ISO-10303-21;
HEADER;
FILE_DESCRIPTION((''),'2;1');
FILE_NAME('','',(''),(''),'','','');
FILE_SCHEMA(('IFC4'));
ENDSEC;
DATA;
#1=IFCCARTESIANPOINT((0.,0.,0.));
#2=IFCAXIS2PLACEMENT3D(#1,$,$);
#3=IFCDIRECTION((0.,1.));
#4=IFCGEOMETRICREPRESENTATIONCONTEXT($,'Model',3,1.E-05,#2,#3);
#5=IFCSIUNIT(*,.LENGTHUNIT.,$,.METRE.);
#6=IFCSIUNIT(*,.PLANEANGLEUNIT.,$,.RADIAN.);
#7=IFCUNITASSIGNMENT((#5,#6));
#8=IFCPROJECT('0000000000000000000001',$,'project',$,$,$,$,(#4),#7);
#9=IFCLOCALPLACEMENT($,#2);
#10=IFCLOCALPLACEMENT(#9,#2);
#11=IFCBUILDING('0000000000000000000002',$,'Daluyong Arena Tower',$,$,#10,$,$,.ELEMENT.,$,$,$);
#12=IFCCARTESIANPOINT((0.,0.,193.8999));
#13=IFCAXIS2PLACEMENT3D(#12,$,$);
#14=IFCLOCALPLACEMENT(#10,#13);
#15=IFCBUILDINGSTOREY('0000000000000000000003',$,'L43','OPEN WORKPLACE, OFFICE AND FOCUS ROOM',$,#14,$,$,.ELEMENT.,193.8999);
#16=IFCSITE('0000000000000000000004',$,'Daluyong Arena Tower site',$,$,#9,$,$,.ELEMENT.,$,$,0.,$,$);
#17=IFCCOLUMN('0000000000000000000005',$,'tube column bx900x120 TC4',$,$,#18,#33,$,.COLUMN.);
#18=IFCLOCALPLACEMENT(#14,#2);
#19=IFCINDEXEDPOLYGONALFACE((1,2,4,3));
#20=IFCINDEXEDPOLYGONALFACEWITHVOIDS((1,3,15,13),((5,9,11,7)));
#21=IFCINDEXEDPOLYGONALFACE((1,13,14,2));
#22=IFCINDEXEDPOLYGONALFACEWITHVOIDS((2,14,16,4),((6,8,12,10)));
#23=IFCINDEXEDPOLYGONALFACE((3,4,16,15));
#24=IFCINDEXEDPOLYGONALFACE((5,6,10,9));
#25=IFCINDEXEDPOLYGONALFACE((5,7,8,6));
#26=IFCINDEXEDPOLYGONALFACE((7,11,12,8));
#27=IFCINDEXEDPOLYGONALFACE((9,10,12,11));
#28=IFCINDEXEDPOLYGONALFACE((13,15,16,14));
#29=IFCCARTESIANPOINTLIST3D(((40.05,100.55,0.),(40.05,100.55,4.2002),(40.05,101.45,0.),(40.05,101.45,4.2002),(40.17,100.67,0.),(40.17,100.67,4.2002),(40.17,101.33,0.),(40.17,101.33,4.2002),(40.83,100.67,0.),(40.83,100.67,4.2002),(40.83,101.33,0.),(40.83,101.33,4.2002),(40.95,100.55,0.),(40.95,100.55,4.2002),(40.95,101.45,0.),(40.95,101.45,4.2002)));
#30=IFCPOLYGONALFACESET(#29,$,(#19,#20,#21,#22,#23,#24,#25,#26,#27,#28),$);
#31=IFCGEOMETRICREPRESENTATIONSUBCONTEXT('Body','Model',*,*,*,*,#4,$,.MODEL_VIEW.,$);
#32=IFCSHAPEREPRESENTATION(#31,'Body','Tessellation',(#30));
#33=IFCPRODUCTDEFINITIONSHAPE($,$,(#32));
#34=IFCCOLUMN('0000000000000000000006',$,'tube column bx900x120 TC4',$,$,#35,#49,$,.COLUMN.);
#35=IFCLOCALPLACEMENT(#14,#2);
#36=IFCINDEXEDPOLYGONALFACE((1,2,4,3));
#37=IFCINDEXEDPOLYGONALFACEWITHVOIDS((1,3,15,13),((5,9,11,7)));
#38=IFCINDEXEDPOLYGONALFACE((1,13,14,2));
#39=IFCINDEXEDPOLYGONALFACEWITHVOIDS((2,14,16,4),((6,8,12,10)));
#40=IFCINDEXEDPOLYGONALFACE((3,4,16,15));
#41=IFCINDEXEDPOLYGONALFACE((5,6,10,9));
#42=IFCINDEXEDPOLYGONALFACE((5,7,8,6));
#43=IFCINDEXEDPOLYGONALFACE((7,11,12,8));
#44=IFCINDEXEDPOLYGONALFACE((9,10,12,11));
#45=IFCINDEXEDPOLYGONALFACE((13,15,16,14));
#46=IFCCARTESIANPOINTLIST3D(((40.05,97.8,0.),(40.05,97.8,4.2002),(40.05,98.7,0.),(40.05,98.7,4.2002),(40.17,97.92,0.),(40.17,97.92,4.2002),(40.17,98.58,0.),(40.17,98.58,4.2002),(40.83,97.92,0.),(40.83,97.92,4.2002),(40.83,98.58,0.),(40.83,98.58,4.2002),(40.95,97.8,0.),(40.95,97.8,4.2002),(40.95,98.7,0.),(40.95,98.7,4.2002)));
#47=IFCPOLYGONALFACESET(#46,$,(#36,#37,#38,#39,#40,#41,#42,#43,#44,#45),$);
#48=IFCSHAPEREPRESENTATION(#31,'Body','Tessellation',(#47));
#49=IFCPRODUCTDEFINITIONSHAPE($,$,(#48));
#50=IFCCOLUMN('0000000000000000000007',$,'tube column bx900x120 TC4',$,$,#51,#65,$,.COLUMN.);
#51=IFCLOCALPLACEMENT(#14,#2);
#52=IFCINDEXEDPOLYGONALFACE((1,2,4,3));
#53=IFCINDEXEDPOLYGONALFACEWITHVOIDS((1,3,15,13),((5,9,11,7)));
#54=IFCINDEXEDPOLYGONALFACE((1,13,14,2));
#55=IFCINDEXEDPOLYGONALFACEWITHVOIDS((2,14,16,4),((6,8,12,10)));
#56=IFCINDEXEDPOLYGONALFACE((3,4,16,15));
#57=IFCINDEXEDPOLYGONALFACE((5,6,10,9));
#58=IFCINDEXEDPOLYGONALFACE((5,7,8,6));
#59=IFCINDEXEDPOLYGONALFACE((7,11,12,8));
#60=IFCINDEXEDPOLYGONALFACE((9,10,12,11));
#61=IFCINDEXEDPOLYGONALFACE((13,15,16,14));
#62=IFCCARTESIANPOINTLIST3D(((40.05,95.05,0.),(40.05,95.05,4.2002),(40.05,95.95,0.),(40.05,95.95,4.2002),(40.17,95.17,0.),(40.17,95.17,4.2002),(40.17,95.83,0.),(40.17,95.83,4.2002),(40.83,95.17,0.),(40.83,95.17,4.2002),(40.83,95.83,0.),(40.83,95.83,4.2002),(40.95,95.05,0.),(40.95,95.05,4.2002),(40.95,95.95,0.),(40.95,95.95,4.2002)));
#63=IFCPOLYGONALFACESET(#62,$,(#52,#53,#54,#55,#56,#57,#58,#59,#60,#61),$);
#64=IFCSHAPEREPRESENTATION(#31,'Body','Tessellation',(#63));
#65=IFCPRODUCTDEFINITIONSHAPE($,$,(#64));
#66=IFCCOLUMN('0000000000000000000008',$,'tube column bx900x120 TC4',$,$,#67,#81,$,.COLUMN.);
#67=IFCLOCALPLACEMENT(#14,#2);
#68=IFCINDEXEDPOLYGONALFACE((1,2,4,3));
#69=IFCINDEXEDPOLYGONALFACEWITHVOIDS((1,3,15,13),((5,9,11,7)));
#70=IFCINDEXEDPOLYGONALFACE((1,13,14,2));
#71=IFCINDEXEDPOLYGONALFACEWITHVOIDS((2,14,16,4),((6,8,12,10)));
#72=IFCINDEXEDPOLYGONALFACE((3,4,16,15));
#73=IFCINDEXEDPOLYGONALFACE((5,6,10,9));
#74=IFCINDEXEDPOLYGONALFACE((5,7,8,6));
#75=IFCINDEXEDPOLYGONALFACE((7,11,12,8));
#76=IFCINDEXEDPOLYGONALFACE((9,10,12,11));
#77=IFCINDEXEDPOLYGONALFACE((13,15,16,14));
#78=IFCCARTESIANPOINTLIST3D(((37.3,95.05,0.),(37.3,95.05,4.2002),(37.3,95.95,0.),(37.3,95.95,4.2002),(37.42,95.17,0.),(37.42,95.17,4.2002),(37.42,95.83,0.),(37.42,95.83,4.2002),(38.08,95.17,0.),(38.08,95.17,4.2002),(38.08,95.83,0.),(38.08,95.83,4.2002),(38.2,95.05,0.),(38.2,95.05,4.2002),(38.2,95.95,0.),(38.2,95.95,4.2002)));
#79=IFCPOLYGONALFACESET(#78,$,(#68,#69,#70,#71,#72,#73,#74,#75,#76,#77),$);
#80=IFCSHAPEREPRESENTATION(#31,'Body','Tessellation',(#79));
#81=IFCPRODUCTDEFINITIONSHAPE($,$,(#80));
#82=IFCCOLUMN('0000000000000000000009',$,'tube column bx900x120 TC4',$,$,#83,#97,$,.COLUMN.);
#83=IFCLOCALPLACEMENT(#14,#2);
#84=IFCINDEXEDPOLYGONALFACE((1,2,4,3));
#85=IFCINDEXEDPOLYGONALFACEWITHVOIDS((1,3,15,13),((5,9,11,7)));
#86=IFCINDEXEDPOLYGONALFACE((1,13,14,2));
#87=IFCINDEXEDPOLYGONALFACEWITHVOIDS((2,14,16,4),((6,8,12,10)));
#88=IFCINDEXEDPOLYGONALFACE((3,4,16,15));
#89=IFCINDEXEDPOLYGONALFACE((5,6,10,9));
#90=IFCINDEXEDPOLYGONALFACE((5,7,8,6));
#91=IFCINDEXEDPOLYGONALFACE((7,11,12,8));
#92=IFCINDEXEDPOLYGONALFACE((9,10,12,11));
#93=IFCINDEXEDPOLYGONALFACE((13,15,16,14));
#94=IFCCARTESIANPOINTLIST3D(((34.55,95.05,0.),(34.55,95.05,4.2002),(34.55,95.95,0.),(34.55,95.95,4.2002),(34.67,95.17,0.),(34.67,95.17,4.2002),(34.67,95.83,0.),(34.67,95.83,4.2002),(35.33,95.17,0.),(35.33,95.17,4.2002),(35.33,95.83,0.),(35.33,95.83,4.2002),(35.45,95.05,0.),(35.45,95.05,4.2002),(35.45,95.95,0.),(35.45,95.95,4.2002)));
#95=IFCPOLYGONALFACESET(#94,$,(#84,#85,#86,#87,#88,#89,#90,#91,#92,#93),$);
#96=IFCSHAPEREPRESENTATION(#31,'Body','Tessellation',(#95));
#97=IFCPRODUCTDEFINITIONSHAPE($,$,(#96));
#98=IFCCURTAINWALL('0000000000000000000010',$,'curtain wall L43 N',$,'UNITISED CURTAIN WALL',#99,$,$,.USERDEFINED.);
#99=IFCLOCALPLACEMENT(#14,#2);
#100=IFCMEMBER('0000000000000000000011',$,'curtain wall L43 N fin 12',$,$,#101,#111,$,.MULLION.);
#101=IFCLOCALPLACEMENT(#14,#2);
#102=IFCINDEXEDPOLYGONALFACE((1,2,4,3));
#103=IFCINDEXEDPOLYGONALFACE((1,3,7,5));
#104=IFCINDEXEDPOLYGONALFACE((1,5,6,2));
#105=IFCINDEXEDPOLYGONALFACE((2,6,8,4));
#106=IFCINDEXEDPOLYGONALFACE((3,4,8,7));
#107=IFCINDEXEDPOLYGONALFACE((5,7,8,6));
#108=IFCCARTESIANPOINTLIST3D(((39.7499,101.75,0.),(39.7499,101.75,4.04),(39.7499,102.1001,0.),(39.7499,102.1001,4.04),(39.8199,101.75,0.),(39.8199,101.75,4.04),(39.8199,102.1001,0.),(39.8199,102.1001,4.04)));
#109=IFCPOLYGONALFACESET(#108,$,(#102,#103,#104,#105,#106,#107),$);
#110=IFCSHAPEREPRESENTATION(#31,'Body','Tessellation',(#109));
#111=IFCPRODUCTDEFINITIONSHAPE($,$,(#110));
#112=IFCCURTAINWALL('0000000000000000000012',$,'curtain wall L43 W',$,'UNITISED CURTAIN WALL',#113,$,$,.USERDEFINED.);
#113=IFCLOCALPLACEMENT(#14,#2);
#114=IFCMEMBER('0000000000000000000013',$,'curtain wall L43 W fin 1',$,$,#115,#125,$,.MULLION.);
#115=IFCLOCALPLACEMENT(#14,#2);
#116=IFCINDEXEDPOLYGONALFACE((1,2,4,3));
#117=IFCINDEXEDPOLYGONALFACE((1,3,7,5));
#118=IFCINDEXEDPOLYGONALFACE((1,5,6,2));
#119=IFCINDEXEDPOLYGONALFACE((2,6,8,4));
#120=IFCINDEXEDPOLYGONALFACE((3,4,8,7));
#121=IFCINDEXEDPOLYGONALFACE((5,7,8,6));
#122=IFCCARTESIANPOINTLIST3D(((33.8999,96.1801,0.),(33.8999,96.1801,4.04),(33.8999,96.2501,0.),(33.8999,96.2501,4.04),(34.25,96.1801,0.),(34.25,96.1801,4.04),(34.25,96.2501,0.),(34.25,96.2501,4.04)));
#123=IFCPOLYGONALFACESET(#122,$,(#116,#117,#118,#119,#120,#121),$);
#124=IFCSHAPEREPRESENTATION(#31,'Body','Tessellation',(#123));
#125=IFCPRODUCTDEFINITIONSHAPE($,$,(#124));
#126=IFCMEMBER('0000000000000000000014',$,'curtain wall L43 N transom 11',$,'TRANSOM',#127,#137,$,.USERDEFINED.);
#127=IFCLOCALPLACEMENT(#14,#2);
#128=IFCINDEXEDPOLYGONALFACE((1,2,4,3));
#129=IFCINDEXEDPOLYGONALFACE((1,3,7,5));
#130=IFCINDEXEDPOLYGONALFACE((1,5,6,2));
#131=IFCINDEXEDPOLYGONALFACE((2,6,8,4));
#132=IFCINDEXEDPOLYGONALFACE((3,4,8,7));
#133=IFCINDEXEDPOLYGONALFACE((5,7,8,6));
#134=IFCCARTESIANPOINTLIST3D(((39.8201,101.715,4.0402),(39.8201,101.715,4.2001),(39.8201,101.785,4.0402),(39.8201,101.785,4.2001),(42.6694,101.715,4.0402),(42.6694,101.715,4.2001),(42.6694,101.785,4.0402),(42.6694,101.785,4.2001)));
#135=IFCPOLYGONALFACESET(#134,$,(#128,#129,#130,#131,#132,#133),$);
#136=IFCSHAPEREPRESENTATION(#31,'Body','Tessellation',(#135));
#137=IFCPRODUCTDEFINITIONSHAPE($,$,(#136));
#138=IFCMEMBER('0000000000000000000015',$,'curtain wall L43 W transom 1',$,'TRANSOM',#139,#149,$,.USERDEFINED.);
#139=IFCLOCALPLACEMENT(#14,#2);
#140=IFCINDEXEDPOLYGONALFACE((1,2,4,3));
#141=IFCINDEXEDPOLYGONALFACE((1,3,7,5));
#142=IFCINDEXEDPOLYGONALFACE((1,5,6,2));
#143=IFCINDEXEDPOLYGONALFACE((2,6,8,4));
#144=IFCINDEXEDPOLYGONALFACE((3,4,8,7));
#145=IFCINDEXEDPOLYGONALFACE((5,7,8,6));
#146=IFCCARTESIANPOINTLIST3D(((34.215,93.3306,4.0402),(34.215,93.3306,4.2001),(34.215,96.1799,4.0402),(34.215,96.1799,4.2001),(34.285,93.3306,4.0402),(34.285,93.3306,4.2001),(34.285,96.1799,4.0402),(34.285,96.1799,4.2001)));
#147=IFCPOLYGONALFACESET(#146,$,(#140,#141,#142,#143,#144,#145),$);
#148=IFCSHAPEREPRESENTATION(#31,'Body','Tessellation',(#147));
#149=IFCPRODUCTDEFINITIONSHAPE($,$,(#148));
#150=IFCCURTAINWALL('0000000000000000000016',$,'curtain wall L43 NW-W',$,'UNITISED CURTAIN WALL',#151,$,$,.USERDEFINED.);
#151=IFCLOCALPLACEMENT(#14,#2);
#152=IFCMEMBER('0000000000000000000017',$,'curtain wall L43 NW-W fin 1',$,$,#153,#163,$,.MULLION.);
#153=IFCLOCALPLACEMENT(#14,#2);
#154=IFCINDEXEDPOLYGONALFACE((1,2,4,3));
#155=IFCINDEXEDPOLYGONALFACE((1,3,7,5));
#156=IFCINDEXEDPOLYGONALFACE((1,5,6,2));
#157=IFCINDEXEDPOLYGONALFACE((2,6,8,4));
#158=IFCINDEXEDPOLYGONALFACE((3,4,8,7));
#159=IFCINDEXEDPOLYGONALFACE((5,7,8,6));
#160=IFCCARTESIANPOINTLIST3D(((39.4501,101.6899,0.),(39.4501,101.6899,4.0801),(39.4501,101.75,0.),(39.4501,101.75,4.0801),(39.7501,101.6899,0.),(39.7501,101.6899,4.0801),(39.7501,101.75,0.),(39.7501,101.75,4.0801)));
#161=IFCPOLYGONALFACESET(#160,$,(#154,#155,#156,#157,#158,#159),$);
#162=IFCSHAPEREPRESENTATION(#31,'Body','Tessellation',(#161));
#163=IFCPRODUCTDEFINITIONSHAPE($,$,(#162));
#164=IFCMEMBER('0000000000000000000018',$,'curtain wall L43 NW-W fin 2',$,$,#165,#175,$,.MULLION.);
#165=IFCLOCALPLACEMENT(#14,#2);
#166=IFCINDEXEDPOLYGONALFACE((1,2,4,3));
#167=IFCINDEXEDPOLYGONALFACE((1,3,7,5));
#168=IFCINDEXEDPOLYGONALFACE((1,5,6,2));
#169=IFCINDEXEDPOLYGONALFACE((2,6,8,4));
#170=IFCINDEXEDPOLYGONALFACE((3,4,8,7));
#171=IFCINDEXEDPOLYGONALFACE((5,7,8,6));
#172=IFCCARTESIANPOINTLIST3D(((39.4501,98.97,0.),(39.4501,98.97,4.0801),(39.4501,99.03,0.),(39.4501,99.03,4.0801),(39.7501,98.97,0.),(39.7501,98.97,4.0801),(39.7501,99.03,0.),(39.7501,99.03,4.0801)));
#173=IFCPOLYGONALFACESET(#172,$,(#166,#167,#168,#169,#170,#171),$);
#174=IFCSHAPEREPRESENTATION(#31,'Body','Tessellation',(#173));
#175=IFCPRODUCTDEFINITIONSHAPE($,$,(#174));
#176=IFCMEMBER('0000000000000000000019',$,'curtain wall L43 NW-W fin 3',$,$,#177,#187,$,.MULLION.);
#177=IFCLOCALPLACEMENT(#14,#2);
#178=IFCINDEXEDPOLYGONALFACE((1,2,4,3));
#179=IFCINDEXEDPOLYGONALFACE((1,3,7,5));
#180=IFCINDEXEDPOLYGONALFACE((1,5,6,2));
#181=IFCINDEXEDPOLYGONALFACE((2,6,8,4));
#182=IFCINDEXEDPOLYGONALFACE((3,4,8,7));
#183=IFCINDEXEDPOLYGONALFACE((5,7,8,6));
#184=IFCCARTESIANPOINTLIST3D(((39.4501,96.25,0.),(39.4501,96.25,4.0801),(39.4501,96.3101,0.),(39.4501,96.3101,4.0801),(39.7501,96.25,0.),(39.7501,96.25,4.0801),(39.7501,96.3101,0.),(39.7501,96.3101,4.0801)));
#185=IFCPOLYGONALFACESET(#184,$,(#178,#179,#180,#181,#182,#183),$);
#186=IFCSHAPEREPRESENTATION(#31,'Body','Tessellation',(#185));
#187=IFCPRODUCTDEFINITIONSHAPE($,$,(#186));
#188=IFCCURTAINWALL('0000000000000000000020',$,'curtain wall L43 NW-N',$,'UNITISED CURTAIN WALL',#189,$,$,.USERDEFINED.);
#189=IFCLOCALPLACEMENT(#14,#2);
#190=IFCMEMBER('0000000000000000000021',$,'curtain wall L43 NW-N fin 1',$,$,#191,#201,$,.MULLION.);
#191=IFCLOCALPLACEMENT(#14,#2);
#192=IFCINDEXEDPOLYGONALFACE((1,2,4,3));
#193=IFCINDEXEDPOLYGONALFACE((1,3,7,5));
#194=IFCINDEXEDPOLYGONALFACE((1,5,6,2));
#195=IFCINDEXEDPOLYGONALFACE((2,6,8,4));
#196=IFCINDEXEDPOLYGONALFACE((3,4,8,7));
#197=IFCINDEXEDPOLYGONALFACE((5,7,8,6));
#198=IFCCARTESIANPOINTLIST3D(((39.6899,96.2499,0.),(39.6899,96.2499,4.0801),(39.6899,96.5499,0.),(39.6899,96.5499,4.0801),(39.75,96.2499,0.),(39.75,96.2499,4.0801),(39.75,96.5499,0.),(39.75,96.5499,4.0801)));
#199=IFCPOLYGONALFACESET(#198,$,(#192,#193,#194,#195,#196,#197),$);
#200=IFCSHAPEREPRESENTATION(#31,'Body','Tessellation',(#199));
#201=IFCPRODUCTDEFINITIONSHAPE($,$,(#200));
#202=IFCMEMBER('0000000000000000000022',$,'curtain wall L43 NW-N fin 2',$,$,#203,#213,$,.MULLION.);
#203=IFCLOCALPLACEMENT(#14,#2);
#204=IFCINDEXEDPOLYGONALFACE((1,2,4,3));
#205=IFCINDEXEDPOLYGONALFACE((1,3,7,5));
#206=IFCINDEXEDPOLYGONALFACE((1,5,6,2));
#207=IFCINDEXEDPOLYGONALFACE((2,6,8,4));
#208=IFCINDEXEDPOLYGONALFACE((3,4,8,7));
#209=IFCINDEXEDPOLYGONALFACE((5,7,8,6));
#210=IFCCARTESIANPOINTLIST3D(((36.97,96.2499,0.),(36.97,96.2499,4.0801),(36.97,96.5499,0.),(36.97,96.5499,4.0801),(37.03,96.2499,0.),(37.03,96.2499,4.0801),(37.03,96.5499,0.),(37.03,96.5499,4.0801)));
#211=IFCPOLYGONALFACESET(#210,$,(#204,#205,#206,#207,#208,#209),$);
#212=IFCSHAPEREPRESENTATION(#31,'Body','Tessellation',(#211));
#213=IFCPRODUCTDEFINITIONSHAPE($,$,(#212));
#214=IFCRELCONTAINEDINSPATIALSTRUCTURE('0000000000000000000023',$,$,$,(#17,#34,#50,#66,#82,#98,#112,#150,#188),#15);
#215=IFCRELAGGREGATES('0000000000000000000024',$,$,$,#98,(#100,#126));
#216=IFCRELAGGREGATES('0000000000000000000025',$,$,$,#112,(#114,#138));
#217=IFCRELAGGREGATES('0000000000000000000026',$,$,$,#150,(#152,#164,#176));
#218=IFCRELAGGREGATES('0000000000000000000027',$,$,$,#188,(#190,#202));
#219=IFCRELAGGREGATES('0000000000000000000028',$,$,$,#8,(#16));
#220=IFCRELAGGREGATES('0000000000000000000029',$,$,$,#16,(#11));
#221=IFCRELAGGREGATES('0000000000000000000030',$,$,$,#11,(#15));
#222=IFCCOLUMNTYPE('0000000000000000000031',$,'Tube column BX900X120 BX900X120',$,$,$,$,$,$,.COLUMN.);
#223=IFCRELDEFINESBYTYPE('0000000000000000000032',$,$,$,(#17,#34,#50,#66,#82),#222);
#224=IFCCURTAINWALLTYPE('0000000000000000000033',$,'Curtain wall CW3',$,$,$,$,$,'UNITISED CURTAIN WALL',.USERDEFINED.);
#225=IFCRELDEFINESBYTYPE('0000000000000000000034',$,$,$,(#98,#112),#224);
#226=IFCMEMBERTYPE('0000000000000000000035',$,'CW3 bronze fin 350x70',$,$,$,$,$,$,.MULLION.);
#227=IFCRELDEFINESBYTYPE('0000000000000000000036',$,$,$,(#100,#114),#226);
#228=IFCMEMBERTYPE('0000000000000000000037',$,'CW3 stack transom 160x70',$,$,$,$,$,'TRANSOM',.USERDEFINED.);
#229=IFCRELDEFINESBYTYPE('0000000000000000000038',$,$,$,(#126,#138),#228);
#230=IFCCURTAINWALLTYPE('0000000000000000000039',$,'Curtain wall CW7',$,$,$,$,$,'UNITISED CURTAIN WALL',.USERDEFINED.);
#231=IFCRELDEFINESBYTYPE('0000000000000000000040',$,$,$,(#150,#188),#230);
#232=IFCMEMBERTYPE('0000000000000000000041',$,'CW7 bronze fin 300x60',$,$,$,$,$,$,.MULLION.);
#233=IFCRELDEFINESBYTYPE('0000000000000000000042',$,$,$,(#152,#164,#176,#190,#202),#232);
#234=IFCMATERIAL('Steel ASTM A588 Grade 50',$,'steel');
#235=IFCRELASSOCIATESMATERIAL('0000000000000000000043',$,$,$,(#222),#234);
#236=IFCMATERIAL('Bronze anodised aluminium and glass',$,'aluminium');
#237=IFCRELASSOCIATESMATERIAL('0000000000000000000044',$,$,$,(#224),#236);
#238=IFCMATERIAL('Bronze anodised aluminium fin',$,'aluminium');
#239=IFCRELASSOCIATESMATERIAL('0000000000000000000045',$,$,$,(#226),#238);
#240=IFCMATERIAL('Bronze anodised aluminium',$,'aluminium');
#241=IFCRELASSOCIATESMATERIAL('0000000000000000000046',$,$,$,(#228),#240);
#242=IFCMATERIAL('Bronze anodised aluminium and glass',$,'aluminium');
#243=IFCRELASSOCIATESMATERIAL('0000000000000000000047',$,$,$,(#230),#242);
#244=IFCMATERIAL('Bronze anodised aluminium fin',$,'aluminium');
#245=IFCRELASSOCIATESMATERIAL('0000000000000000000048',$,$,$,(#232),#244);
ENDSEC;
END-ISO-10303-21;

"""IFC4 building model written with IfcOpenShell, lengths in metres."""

from ifc_helpers import new_model, si_unit, direction, frame, origin, origin_2d, place, context, subcontext, project, spatial, rectangle, hollow_rectangle, extrude, material, material_profile, profile_set, type_object, element, aggregate, save


model = new_model("IFC4")

# Units and contexts
model_context = context("Model", 3, precision=1e-05, world=origin(), true_north=direction((0.0, 1.0)))
body_context = subcontext(model_context, "Body", "Model", "MODEL_VIEW")
ifc_project = project(units=[si_unit("LENGTHUNIT", "METRE"), si_unit("PLANEANGLEUNIT", "RADIAN")], contexts=[model_context])

# Site, building, storey
site_placement = place(None, origin())
site = spatial("IfcSite", under=ifc_project, at=site_placement, Name="Daluyong Arena Tower site", CompositionType="ELEMENT", RefElevation=0.0)
building_placement = place(site_placement, origin())
building = spatial("IfcBuilding", under=site, at=building_placement, Name="Daluyong Arena Tower", CompositionType="ELEMENT")
storey_placement = place(building_placement, frame((0.0, 0.0, 193.8999)))
storey = spatial("IfcBuildingStorey", under=building, at=storey_placement, Name="L43", Description="OPEN WORKPLACE, OFFICE AND FOCUS ROOM", CompositionType="ELEMENT", Elevation=193.8999)

# Columns
ifc_material_1 = material(Name="Steel ASTM A588 Grade 50", Category="steel")
ifc_material_profile_1 = material_profile(ifc_material_1, hollow_rectangle(XDim=0.8999, YDim=0.8999, WallThickness=0.12, at=origin_2d()))
ifc_profile_set_1 = profile_set([ifc_material_profile_1], Name="Steel ASTM A588 Grade 50")
column_type = type_object("IfcColumnType", Name="Tube column BX900X120 BX900X120", PredefinedType="COLUMN", material=ifc_profile_set_1)
for number, where, z_axis, x_axis, name in (
    (1, (40.5, 101.0, 0.0), (0.0, 0.0, 1.0), (0.0, 1.0, 0.0), "tube column bx900x120 TC4"),
    (2, (40.5, 98.25, 0.0), (0.0, 0.0, 1.0), (0.0, 1.0, 0.0), "tube column bx900x120 TC4"),
    (3, (40.5, 95.5, 0.0), (0.0, 0.0, 1.0), (1.0, 0.0, 0.0), "tube column bx900x120 TC4"),
    (4, (37.75, 95.5, 0.0), (0.0, 0.0, 1.0), (1.0, 0.0, 0.0), "tube column bx900x120 TC4"),
    (5, (35.0, 95.5, 0.0), (0.0, 0.0, 1.0), (0.0, 1.0, 0.0), "tube column bx900x120 TC4"),
):
    element("IfcColumn", number, at=place(storey_placement, frame(where, z_axis=z_axis, x_axis=x_axis)), inside=storey, type_object=column_type, Name=name, PredefinedType="COLUMN", context=body_context, shape_type="SweptSolid", body=[
        extrude(hollow_rectangle(XDim=0.8999, YDim=0.8999, WallThickness=0.12, at=origin_2d()), origin(), (0.0, 0.0, 1.0), 4.2002),
    ])

# Curtain walls, members
ifc_material_2 = material(Name="Bronze anodised aluminium and glass", Category="aluminium")
curtain_wall_type_1 = type_object("IfcCurtainWallType", Name="Curtain wall CW3", ElementType="UNITISED CURTAIN WALL", PredefinedType="USERDEFINED", material=ifc_material_2)
curtain_wall_1_placement = place(storey_placement, origin())
curtain_wall_1 = element("IfcCurtainWall", 6, at=curtain_wall_1_placement, inside=storey, type_object=curtain_wall_type_1, Name="curtain wall L43 N", ObjectType="UNITISED CURTAIN WALL", PredefinedType="USERDEFINED")
ifc_material_3 = material(Name="Bronze anodised aluminium fin", Category="aluminium")
ifc_material_profile_2 = material_profile(ifc_material_3, rectangle(XDim=0.3501, YDim=0.0701, at=origin_2d()))
ifc_profile_set_2 = profile_set([ifc_material_profile_2], Name="Bronze anodised aluminium fin")
member_type_1 = type_object("IfcMemberType", Name="CW3 bronze fin 350x70", PredefinedType="MULLION", material=ifc_profile_set_2)
member_1_placement = place(storey_placement, frame((39.7849, 101.925, 0.0), z_axis=(0.0, 0.0, 1.0), x_axis=(0.0, -1.0, 0.0)))
member_1 = element("IfcMember", 7, at=member_1_placement, type_object=member_type_1, Name="curtain wall L43 N fin 12", PredefinedType="MULLION", context=body_context, shape_type="SweptSolid", body=[
    extrude(rectangle(XDim=0.3501, YDim=0.0701, at=origin_2d()), origin(), (0.0, 0.0, 1.0), 4.04),
])
curtain_wall_2_placement = place(storey_placement, origin())
curtain_wall_2 = element("IfcCurtainWall", 8, at=curtain_wall_2_placement, inside=storey, type_object=curtain_wall_type_1, Name="curtain wall L43 W", ObjectType="UNITISED CURTAIN WALL", PredefinedType="USERDEFINED")
member_2_placement = place(storey_placement, frame((34.075, 96.2151, 0.0), z_axis=(0.0, 0.0, 1.0), x_axis=(1.0, 0.0, 0.0)))
member_2 = element("IfcMember", 9, at=member_2_placement, type_object=member_type_1, Name="curtain wall L43 W fin 1", PredefinedType="MULLION", context=body_context, shape_type="SweptSolid", body=[
    extrude(rectangle(XDim=0.3501, YDim=0.0701, at=origin_2d()), origin(), (0.0, 0.0, 1.0), 4.04),
])

# Members
ifc_material_4 = material(Name="Bronze anodised aluminium", Category="aluminium")
ifc_material_profile_3 = material_profile(ifc_material_4, rectangle(XDim=0.0701, YDim=0.1599, at=origin_2d()))
ifc_profile_set_3 = profile_set([ifc_material_profile_3], Name="Bronze anodised aluminium")
member_type_2 = type_object("IfcMemberType", Name="CW3 stack transom 160x70", ElementType="TRANSOM", PredefinedType="USERDEFINED", material=ifc_profile_set_3)
member_3_placement = place(storey_placement, frame((42.6694, 101.75, 4.1201), z_axis=(-1.0, 0.0, 0.0), x_axis=(0.0, -1.0, 0.0)))
member_3 = element("IfcMember", 10, at=member_3_placement, type_object=member_type_2, Name="curtain wall L43 N transom 11", ObjectType="TRANSOM", PredefinedType="USERDEFINED", context=body_context, shape_type="SweptSolid", body=[
    extrude(rectangle(XDim=0.0701, YDim=0.1599, at=origin_2d()), origin(), (0.0, 0.0, 1.0), 2.8494),
])
member_4_placement = place(storey_placement, frame((34.25, 96.1799, 4.1201), z_axis=(0.0, -1.0, 0.0), x_axis=(1.0, 0.0, 0.0)))
member_4 = element("IfcMember", 11, at=member_4_placement, type_object=member_type_2, Name="curtain wall L43 W transom 1", ObjectType="TRANSOM", PredefinedType="USERDEFINED", context=body_context, shape_type="SweptSolid", body=[
    extrude(rectangle(XDim=0.0701, YDim=0.1599, at=origin_2d()), origin(), (0.0, 0.0, 1.0), 2.8494),
])

# Curtain walls, members
ifc_material_5 = material(Name="Bronze anodised aluminium and glass", Category="aluminium")
curtain_wall_type_2 = type_object("IfcCurtainWallType", Name="Curtain wall CW7", ElementType="UNITISED CURTAIN WALL", PredefinedType="USERDEFINED", material=ifc_material_5)
curtain_wall_3_placement = place(storey_placement, origin())
curtain_wall_3 = element("IfcCurtainWall", 12, at=curtain_wall_3_placement, inside=storey, type_object=curtain_wall_type_2, Name="curtain wall L43 NW-W", ObjectType="UNITISED CURTAIN WALL", PredefinedType="USERDEFINED")
ifc_material_6 = material(Name="Bronze anodised aluminium fin", Category="aluminium")
ifc_material_profile_4 = material_profile(ifc_material_6, rectangle(XDim=0.3, YDim=0.0601, at=origin_2d()))
ifc_profile_set_4 = profile_set([ifc_material_profile_4], Name="Bronze anodised aluminium fin")
member_type_3 = type_object("IfcMemberType", Name="CW7 bronze fin 300x60", PredefinedType="MULLION", material=ifc_profile_set_4)
member_5_placement = place(storey_placement, frame((39.6001, 101.72, 0.0), z_axis=(0.0, 0.0, 1.0), x_axis=(1.0, 0.0, 0.0)))
member_5 = element("IfcMember", 13, at=member_5_placement, type_object=member_type_3, Name="curtain wall L43 NW-W fin 1", PredefinedType="MULLION", context=body_context, shape_type="SweptSolid", body=[
    extrude(rectangle(XDim=0.3, YDim=0.0601, at=origin_2d()), origin(), (0.0, 0.0, 1.0), 4.0801),
])
member_6_placement = place(storey_placement, frame((39.6001, 99.0, 0.0), z_axis=(0.0, 0.0, 1.0), x_axis=(1.0, 0.0, 0.0)))
member_6 = element("IfcMember", 14, at=member_6_placement, type_object=member_type_3, Name="curtain wall L43 NW-W fin 2", PredefinedType="MULLION", context=body_context, shape_type="SweptSolid", body=[
    extrude(rectangle(XDim=0.3, YDim=0.0601, at=origin_2d()), origin(), (0.0, 0.0, 1.0), 4.0801),
])
member_7_placement = place(storey_placement, frame((39.6001, 96.28, 0.0), z_axis=(0.0, 0.0, 1.0), x_axis=(1.0, 0.0, 0.0)))
member_7 = element("IfcMember", 15, at=member_7_placement, type_object=member_type_3, Name="curtain wall L43 NW-W fin 3", PredefinedType="MULLION", context=body_context, shape_type="SweptSolid", body=[
    extrude(rectangle(XDim=0.3, YDim=0.0601, at=origin_2d()), origin(), (0.0, 0.0, 1.0), 4.0801),
])
curtain_wall_4_placement = place(storey_placement, origin())
curtain_wall_4 = element("IfcCurtainWall", 16, at=curtain_wall_4_placement, inside=storey, type_object=curtain_wall_type_2, Name="curtain wall L43 NW-N", ObjectType="UNITISED CURTAIN WALL", PredefinedType="USERDEFINED")
member_8_placement = place(storey_placement, frame((39.72, 96.3999, 0.0), z_axis=(0.0, 0.0, 1.0), x_axis=(0.0, -1.0, 0.0)))
member_8 = element("IfcMember", 17, at=member_8_placement, type_object=member_type_3, Name="curtain wall L43 NW-N fin 1", PredefinedType="MULLION", context=body_context, shape_type="SweptSolid", body=[
    extrude(rectangle(XDim=0.3, YDim=0.0601, at=origin_2d()), origin(), (0.0, 0.0, 1.0), 4.0801),
])
member_9_placement = place(storey_placement, frame((37.0, 96.3999, 0.0), z_axis=(0.0, 0.0, 1.0), x_axis=(0.0, -1.0, 0.0)))
member_9 = element("IfcMember", 18, at=member_9_placement, type_object=member_type_3, Name="curtain wall L43 NW-N fin 2", PredefinedType="MULLION", context=body_context, shape_type="SweptSolid", body=[
    extrude(rectangle(XDim=0.3, YDim=0.0601, at=origin_2d()), origin(), (0.0, 0.0, 1.0), 4.0801),
])

aggregate(curtain_wall_1, [member_1, member_3])
aggregate(curtain_wall_2, [member_2, member_4])
aggregate(curtain_wall_3, [member_5, member_6, member_7])
aggregate(curtain_wall_4, [member_8, member_9])

save(model, "model.ifc")
